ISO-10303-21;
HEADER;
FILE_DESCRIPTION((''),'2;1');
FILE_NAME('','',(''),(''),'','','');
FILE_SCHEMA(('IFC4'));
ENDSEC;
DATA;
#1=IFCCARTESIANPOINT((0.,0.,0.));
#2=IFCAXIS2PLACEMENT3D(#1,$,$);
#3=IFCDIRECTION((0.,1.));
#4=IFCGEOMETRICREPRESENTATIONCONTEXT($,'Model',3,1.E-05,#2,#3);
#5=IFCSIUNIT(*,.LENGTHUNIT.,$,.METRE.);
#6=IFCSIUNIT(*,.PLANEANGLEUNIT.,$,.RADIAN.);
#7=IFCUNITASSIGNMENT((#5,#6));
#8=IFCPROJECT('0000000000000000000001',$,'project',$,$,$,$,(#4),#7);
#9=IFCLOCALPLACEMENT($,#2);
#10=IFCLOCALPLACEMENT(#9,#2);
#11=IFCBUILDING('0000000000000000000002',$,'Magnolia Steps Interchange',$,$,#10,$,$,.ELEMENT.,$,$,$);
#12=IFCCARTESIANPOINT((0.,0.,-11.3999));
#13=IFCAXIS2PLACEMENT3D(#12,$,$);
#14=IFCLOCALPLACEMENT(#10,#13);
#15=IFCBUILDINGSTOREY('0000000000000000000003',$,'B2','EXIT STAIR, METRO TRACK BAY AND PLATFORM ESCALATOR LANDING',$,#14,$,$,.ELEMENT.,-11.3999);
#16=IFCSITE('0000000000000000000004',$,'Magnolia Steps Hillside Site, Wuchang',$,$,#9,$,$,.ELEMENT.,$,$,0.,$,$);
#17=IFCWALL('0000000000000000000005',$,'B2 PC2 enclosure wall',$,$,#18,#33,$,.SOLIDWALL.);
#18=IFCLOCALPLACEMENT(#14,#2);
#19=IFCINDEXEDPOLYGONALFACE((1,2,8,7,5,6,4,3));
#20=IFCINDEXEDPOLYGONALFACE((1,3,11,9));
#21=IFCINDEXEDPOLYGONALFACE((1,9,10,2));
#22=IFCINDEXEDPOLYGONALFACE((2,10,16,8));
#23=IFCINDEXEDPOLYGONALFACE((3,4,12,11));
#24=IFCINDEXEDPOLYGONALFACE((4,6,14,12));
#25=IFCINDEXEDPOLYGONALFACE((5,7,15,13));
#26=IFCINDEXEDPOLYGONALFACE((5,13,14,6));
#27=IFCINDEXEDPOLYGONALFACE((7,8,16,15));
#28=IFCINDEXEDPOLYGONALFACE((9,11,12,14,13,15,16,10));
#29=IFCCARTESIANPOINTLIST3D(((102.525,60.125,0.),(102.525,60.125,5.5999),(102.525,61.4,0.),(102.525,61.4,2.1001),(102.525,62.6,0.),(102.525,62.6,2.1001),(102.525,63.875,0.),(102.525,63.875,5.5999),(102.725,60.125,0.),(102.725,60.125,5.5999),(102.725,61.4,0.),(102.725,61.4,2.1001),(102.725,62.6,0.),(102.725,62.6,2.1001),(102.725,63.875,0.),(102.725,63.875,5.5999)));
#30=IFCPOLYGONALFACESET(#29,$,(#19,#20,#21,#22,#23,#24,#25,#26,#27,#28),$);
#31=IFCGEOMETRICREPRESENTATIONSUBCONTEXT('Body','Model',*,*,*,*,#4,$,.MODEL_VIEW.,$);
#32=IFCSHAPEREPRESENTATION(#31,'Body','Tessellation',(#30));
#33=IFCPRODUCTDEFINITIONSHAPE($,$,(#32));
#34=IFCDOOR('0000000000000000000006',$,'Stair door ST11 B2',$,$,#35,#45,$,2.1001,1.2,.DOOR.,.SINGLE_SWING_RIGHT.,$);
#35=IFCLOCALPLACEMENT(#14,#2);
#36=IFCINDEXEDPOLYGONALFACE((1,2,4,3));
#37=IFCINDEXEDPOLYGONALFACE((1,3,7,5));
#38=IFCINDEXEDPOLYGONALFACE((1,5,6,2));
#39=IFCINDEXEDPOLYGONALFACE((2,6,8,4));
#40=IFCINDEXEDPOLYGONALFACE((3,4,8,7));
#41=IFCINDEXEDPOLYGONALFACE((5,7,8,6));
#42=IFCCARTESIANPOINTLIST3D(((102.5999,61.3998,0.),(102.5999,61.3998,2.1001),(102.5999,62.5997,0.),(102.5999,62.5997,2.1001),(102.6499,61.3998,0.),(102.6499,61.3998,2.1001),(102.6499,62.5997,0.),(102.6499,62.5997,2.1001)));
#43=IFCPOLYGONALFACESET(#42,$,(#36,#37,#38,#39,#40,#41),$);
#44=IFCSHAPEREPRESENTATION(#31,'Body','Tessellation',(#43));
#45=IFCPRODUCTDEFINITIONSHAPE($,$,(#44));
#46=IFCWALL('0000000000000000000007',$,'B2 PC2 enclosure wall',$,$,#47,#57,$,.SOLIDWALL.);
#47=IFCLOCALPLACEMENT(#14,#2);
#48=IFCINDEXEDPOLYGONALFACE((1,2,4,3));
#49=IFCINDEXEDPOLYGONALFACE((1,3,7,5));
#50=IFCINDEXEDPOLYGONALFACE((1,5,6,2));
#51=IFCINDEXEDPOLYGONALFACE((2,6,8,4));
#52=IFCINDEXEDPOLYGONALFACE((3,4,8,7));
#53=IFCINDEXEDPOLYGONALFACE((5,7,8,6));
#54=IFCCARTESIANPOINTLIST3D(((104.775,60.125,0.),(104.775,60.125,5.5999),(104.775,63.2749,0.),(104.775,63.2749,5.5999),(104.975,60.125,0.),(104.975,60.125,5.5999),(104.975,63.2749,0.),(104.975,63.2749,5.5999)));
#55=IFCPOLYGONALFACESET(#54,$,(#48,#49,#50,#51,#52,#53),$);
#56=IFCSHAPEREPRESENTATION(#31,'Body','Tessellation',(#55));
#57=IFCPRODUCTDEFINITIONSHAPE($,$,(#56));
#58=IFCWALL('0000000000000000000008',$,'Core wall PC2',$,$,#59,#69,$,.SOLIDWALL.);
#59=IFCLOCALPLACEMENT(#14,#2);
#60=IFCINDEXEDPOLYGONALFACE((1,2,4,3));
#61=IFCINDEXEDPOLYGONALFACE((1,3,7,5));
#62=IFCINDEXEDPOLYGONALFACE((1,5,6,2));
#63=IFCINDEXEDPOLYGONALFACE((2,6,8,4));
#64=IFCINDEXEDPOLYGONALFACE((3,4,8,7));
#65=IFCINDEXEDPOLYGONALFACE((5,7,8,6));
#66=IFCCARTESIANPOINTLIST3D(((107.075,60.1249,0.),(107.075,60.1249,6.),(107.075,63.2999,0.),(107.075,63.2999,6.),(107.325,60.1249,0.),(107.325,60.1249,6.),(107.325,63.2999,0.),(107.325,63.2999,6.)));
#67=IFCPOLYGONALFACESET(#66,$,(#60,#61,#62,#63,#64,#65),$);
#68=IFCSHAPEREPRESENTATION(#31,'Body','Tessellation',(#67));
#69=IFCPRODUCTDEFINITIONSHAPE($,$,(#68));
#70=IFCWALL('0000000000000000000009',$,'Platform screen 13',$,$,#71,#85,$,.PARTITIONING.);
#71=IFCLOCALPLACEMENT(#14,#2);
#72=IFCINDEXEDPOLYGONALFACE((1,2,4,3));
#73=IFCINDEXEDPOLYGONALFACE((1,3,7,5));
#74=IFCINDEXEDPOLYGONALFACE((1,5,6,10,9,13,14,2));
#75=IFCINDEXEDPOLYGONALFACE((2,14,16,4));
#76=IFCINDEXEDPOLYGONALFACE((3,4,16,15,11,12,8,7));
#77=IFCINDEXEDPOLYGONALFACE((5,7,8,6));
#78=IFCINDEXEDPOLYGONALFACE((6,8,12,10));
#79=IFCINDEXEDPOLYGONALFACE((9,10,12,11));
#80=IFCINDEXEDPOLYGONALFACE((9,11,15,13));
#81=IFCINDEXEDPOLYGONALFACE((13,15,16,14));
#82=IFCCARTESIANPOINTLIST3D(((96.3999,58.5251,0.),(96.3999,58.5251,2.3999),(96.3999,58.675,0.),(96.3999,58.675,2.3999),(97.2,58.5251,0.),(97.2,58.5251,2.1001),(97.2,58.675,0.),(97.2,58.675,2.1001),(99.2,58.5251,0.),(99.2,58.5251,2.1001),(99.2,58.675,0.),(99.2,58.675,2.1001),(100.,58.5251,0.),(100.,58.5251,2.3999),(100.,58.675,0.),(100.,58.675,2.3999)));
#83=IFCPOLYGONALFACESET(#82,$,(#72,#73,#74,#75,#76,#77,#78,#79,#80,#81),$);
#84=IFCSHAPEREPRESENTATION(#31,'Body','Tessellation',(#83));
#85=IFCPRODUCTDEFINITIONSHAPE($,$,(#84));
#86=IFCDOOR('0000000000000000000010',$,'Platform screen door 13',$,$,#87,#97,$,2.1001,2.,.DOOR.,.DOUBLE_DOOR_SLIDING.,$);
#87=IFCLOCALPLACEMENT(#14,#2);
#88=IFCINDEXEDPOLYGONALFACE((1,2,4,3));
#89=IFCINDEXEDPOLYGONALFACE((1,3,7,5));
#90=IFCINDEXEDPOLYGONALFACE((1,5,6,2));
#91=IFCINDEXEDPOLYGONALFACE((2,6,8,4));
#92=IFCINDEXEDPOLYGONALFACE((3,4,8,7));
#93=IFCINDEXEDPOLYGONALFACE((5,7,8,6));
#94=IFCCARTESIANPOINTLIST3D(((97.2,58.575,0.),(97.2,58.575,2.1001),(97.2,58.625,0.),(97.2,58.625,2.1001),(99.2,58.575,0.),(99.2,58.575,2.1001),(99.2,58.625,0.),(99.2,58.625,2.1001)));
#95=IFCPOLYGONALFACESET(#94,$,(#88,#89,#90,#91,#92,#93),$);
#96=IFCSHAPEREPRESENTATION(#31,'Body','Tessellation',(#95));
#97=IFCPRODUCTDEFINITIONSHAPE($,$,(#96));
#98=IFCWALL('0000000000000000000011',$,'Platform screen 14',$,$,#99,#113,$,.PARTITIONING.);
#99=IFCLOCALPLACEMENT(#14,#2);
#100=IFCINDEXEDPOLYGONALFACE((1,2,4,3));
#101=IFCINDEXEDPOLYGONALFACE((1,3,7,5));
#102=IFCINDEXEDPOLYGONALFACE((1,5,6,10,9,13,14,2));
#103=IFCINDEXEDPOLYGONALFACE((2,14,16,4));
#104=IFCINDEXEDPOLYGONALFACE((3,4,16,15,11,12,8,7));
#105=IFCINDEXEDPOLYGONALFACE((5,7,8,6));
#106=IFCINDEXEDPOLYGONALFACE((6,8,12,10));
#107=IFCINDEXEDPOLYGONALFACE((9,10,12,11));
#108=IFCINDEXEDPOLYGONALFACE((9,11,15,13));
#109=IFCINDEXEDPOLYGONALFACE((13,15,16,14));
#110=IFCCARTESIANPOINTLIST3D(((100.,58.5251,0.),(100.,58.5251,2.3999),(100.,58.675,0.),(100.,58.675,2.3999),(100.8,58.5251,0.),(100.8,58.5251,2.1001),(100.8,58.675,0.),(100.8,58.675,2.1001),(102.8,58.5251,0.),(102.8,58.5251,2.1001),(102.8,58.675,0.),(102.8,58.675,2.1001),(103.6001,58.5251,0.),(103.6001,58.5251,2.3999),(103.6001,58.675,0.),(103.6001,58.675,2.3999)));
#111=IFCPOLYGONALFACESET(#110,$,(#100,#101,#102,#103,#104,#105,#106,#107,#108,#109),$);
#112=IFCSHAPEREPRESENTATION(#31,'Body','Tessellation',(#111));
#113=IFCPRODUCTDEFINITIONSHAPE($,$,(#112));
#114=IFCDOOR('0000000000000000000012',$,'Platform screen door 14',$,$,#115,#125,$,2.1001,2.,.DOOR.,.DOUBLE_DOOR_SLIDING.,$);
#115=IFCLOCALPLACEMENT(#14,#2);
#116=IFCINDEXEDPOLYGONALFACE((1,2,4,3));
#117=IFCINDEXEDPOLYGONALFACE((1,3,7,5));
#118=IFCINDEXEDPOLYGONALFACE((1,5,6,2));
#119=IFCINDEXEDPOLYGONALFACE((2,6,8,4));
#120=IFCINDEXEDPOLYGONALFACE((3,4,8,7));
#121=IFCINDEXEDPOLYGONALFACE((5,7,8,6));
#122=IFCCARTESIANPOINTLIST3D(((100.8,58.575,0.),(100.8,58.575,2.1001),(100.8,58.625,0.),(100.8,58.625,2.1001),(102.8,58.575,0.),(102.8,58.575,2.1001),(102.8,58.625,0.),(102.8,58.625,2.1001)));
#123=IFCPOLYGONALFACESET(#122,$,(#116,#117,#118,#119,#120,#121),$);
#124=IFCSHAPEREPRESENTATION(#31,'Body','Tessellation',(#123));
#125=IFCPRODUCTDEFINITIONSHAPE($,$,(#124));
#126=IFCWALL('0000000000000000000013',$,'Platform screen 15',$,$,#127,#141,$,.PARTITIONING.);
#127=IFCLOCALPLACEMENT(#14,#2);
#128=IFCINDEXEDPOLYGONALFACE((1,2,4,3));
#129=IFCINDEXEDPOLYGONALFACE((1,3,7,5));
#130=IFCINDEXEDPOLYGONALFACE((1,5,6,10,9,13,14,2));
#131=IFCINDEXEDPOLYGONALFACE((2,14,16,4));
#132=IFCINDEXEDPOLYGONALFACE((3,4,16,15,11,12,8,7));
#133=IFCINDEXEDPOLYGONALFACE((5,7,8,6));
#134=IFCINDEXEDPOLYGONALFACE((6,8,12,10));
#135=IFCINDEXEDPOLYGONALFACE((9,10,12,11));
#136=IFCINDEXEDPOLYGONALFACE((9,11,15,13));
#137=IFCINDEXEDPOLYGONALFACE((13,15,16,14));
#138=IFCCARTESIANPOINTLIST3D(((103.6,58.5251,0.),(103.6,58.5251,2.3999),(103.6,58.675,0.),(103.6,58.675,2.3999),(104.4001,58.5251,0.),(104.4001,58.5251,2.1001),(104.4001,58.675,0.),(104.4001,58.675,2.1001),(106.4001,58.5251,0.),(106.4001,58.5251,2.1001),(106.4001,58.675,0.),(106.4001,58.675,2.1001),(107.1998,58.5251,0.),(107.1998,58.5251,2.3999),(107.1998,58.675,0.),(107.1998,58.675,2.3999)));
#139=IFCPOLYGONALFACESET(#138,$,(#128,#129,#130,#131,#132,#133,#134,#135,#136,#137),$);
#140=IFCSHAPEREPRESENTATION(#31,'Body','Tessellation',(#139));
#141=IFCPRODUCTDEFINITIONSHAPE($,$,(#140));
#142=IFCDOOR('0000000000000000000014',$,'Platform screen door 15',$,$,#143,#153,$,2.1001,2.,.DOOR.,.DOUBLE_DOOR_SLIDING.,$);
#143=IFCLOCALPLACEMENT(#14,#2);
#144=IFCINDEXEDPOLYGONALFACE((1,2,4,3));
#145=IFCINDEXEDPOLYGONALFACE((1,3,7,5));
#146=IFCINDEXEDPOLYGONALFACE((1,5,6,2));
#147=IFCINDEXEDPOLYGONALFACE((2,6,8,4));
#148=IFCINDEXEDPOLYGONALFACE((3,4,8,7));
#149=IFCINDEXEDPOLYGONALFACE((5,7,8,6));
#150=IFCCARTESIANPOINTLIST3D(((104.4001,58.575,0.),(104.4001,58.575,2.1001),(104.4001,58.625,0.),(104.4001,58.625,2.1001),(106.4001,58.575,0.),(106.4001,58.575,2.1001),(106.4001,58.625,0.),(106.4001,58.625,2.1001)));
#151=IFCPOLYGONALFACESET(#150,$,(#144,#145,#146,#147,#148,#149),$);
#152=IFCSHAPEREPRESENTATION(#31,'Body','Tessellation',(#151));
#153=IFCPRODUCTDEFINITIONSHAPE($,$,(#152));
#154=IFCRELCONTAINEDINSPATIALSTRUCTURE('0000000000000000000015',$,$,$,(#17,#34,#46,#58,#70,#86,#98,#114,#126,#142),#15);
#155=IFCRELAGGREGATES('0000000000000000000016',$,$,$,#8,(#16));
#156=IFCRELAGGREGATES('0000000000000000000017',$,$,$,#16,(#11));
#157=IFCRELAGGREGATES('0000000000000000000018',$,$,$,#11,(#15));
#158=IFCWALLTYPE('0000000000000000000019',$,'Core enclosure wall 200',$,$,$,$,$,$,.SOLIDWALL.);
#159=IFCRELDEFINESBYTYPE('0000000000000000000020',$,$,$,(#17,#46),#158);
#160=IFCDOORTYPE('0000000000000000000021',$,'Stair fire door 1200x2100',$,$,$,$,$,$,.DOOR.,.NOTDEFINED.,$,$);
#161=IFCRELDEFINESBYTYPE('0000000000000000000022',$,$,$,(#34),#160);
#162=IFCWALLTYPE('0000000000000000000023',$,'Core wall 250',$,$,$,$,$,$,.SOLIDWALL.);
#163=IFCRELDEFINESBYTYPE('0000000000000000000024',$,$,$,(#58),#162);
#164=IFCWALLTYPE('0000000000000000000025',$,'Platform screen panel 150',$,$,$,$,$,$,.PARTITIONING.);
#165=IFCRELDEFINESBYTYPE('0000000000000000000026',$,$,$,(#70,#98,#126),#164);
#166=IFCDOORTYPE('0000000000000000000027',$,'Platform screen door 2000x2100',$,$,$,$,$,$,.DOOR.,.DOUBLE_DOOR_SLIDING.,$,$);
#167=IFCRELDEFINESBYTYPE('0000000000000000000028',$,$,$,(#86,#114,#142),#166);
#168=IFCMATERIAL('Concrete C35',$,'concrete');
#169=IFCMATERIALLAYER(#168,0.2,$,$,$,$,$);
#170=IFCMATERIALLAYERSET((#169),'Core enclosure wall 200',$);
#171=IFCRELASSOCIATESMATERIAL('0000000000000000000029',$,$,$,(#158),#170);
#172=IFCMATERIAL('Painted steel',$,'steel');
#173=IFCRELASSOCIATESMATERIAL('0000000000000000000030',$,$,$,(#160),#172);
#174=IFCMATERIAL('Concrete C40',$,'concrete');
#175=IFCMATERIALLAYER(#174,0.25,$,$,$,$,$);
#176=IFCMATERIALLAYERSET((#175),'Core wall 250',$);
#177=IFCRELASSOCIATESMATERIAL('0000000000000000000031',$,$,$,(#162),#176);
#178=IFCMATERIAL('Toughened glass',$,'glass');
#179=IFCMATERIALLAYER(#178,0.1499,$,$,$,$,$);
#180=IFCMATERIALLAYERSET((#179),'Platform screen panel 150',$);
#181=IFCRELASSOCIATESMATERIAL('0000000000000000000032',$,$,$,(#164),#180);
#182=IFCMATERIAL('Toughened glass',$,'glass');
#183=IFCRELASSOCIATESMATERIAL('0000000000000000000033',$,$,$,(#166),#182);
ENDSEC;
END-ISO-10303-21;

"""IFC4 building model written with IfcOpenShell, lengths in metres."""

from ifc_helpers import new_model, si_unit, direction, frame, frame_2d, origin, place, context, subcontext, project, spatial, rectangle, extrude, material, layer, layer_set, type_object, element, fill, save


model = new_model("IFC4")

# Units and contexts
model_context = context("Model", 3, precision=1e-05, world=origin(), true_north=direction((0.0, 1.0)))
body_context = subcontext(model_context, "Body", "Model", "MODEL_VIEW")
ifc_project = project(units=[si_unit("LENGTHUNIT", "METRE"), si_unit("PLANEANGLEUNIT", "RADIAN")], contexts=[model_context])

# Site, building, storey
site_placement = place(None, origin())
site = spatial("IfcSite", under=ifc_project, at=site_placement, Name="Magnolia Steps Hillside Site, Wuchang", CompositionType="ELEMENT", RefElevation=0.0)
building_placement = place(site_placement, origin())
building = spatial("IfcBuilding", under=site, at=building_placement, Name="Magnolia Steps Interchange", CompositionType="ELEMENT")
storey_placement = place(building_placement, frame((0.0, 0.0, -11.3999)))
storey = spatial("IfcBuildingStorey", under=building, at=storey_placement, Name="B2", Description="EXIT STAIR, METRO TRACK BAY AND PLATFORM ESCALATOR LANDING", CompositionType="ELEMENT", Elevation=-11.3999)

# Wall, opening, door
ifc_material_1 = material(Name="Concrete C35", Category="concrete")
ifc_layer_1 = layer(ifc_material_1, 0.2)
ifc_layer_set_1 = layer_set([ifc_layer_1], Name="Core enclosure wall 200")
wall_type_1 = type_object("IfcWallType", Name="Core enclosure wall 200", PredefinedType="SOLIDWALL", material=ifc_layer_set_1)
wall_1_placement = place(storey_placement, frame((102.625, 60.125, 0.0), z_axis=(0.0, 0.0, 1.0), x_axis=(0.0, 1.0, 0.0)))
wall_1 = element("IfcWall", 1, at=wall_1_placement, inside=storey, type_object=wall_type_1, Name="B2 PC2 enclosure wall", PredefinedType="SOLIDWALL", context=body_context, shape_type="SweptSolid", body=[
    extrude(rectangle(XDim=3.75, YDim=0.2, at=frame_2d((1.875, 0.0))), origin(), (0.0, 0.0, 1.0), 5.5999),
])
opening_1_placement = place(wall_1_placement, frame((1.2749, 0.0, 0.0)))
opening_1 = element("IfcOpeningElement", 2, at=opening_1_placement, cuts=wall_1, PredefinedType="OPENING", context=body_context, shape_type="SweptSolid", body=[
    extrude(rectangle(XDim=1.2, YDim=2.1001, at=frame_2d((0.6001, 1.05))), frame((0.0, 0.1099, 0.0), z_axis=(0.0, -1.0, 0.0), x_axis=(1.0, 0.0, 0.0)), (0.0, 0.0, 1.0), 0.22),
])
ifc_material_2 = material(Name="Painted steel", Category="steel")
door_type_1 = type_object("IfcDoorType", Name="Stair fire door 1200x2100", OperationType="NOTDEFINED", PredefinedType="DOOR", material=ifc_material_2)
door_1_placement = place(opening_1_placement, frame((1.2, 0.0, 0.0), z_axis=(0.0, 0.0, 1.0), x_axis=(-1.0, 0.0, 0.0)))
door_1 = element("IfcDoor", 3, at=door_1_placement, inside=storey, type_object=door_type_1, Name="Stair door ST11 B2", OperationType="SINGLE_SWING_RIGHT", OverallHeight=2.1001, OverallWidth=1.2, PredefinedType="DOOR", context=body_context, shape_type="SweptSolid", body=[
    extrude(rectangle(XDim=1.2, YDim=2.1001, at=frame_2d((0.6001, 1.05))), frame((0.0, 0.0249, 0.0), z_axis=(0.0, -1.0, 0.0), x_axis=(1.0, 0.0, 0.0)), (0.0, 0.0, 1.0), 0.05),
])
fill(opening_1, door_1)

# Walls
wall_2_placement = place(storey_placement, frame((104.875, 60.125, 0.0), z_axis=(0.0, 0.0, 1.0), x_axis=(0.0, 1.0, 0.0)))
element("IfcWall", 4, at=wall_2_placement, inside=storey, type_object=wall_type_1, Name="B2 PC2 enclosure wall", PredefinedType="SOLIDWALL", context=body_context, shape_type="SweptSolid", body=[
    extrude(rectangle(XDim=3.1499, YDim=0.2, at=frame_2d((1.575, 0.0))), origin(), (0.0, 0.0, 1.0), 5.5999),
])
ifc_material_3 = material(Name="Concrete C40", Category="concrete")
ifc_layer_2 = layer(ifc_material_3, 0.25)
ifc_layer_set_2 = layer_set([ifc_layer_2], Name="Core wall 250")
wall_type_2 = type_object("IfcWallType", Name="Core wall 250", PredefinedType="SOLIDWALL", material=ifc_layer_set_2)
wall_3_placement = place(storey_placement, frame((107.2, 60.125, 0.0), z_axis=(0.0, 0.0, 1.0), x_axis=(0.0, 1.0, 0.0)))
element("IfcWall", 5, at=wall_3_placement, inside=storey, type_object=wall_type_2, Name="Core wall PC2", PredefinedType="SOLIDWALL", context=body_context, shape_type="SweptSolid", body=[
    extrude(rectangle(XDim=3.175, YDim=0.25, at=frame_2d((1.5874, 0.0))), origin(), (0.0, 0.0, 1.0), 6.0),
])

# Walls, openings, doors
ifc_material_4 = material(Name="Toughened glass", Category="glass")
ifc_layer_3 = layer(ifc_material_4, 0.1499)
ifc_layer_set_3 = layer_set([ifc_layer_3], Name="Platform screen panel 150")
wall_type_3 = type_object("IfcWallType", Name="Platform screen panel 150", PredefinedType="PARTITIONING", material=ifc_layer_set_3)
wall_4_placement = place(storey_placement, frame((96.3999, 58.6001, 0.0), z_axis=(0.0, 0.0, 1.0), x_axis=(1.0, 0.0, 0.0)))
wall_4 = element("IfcWall", 6, at=wall_4_placement, inside=storey, type_object=wall_type_3, Name="Platform screen 13", PredefinedType="PARTITIONING", context=body_context, shape_type="SweptSolid", body=[
    extrude(rectangle(XDim=3.6001, YDim=0.1499, at=frame_2d((1.8, 0.0))), origin(), (0.0, 0.0, 1.0), 2.3999),
])
opening_2_placement = place(wall_4_placement, frame((0.8, 0.0, 0.0)))
opening_2 = element("IfcOpeningElement", 7, at=opening_2_placement, cuts=wall_4, PredefinedType="OPENING", context=body_context, shape_type="SweptSolid", body=[
    extrude(rectangle(XDim=2.0, YDim=2.1001, at=frame_2d((1.0, 1.05))), frame((0.0, 0.085, 0.0), z_axis=(0.0, -1.0, 0.0), x_axis=(1.0, 0.0, 0.0)), (0.0, 0.0, 1.0), 0.1699),
])
ifc_material_5 = material(Name="Toughened glass", Category="glass")
door_type_2 = type_object("IfcDoorType", Name="Platform screen door 2000x2100", OperationType="DOUBLE_DOOR_SLIDING", PredefinedType="DOOR", material=ifc_material_5)
door_2_placement = place(opening_2_placement, origin())
door_2 = element("IfcDoor", 8, at=door_2_placement, inside=storey, type_object=door_type_2, Name="Platform screen door 13", OperationType="DOUBLE_DOOR_SLIDING", OverallHeight=2.1001, OverallWidth=2.0, PredefinedType="DOOR", context=body_context, shape_type="SweptSolid", body=[
    extrude(rectangle(XDim=2.0, YDim=2.1001, at=frame_2d((1.0, 1.05))), frame((0.0, 0.0249, 0.0), z_axis=(0.0, -1.0, 0.0), x_axis=(1.0, 0.0, 0.0)), (0.0, 0.0, 1.0), 0.05),
])
fill(opening_2, door_2)
wall_5_placement = place(storey_placement, frame((100.0, 58.6001, 0.0), z_axis=(0.0, 0.0, 1.0), x_axis=(1.0, 0.0, 0.0)))
wall_5 = element("IfcWall", 9, at=wall_5_placement, inside=storey, type_object=wall_type_3, Name="Platform screen 14", PredefinedType="PARTITIONING", context=body_context, shape_type="SweptSolid", body=[
    extrude(rectangle(XDim=3.6001, YDim=0.1499, at=frame_2d((1.8, 0.0))), origin(), (0.0, 0.0, 1.0), 2.3999),
])
opening_3_placement = place(wall_5_placement, frame((0.8, 0.0, 0.0)))
opening_3 = element("IfcOpeningElement", 10, at=opening_3_placement, cuts=wall_5, PredefinedType="OPENING", context=body_context, shape_type="SweptSolid", body=[
    extrude(rectangle(XDim=2.0, YDim=2.1001, at=frame_2d((1.0, 1.05))), frame((0.0, 0.085, 0.0), z_axis=(0.0, -1.0, 0.0), x_axis=(1.0, 0.0, 0.0)), (0.0, 0.0, 1.0), 0.1699),
])
door_3_placement = place(opening_3_placement, origin())
door_3 = element("IfcDoor", 11, at=door_3_placement, inside=storey, type_object=door_type_2, Name="Platform screen door 14", OperationType="DOUBLE_DOOR_SLIDING", OverallHeight=2.1001, OverallWidth=2.0, PredefinedType="DOOR", context=body_context, shape_type="SweptSolid", body=[
    extrude(rectangle(XDim=2.0, YDim=2.1001, at=frame_2d((1.0, 1.05))), frame((0.0, 0.0249, 0.0), z_axis=(0.0, -1.0, 0.0), x_axis=(1.0, 0.0, 0.0)), (0.0, 0.0, 1.0), 0.05),
])
fill(opening_3, door_3)
wall_6_placement = place(storey_placement, frame((103.6001, 58.6001, 0.0), z_axis=(0.0, 0.0, 1.0), x_axis=(1.0, 0.0, 0.0)))
wall_6 = element("IfcWall", 12, at=wall_6_placement, inside=storey, type_object=wall_type_3, Name="Platform screen 15", PredefinedType="PARTITIONING", context=body_context, shape_type="SweptSolid", body=[
    extrude(rectangle(XDim=3.5999, YDim=0.1499, at=frame_2d((1.7998, 0.0))), origin(), (0.0, 0.0, 1.0), 2.3999),
])
opening_4_placement = place(wall_6_placement, frame((0.8, 0.0, 0.0)))
opening_4 = element("IfcOpeningElement", 13, at=opening_4_placement, cuts=wall_6, PredefinedType="OPENING", context=body_context, shape_type="SweptSolid", body=[
    extrude(rectangle(XDim=2.0, YDim=2.1001, at=frame_2d((1.0, 1.05))), frame((0.0, 0.085, 0.0), z_axis=(0.0, -1.0, 0.0), x_axis=(1.0, 0.0, 0.0)), (0.0, 0.0, 1.0), 0.1699),
])
door_4_placement = place(opening_4_placement, origin())
door_4 = element("IfcDoor", 14, at=door_4_placement, inside=storey, type_object=door_type_2, Name="Platform screen door 15", OperationType="DOUBLE_DOOR_SLIDING", OverallHeight=2.1001, OverallWidth=2.0, PredefinedType="DOOR", context=body_context, shape_type="SweptSolid", body=[
    extrude(rectangle(XDim=2.0, YDim=2.1001, at=frame_2d((1.0, 1.05))), frame((0.0, 0.0249, 0.0), z_axis=(0.0, -1.0, 0.0), x_axis=(1.0, 0.0, 0.0)), (0.0, 0.0, 1.0), 0.05),
])
fill(opening_4, door_4)

save(model, "model.ifc")
